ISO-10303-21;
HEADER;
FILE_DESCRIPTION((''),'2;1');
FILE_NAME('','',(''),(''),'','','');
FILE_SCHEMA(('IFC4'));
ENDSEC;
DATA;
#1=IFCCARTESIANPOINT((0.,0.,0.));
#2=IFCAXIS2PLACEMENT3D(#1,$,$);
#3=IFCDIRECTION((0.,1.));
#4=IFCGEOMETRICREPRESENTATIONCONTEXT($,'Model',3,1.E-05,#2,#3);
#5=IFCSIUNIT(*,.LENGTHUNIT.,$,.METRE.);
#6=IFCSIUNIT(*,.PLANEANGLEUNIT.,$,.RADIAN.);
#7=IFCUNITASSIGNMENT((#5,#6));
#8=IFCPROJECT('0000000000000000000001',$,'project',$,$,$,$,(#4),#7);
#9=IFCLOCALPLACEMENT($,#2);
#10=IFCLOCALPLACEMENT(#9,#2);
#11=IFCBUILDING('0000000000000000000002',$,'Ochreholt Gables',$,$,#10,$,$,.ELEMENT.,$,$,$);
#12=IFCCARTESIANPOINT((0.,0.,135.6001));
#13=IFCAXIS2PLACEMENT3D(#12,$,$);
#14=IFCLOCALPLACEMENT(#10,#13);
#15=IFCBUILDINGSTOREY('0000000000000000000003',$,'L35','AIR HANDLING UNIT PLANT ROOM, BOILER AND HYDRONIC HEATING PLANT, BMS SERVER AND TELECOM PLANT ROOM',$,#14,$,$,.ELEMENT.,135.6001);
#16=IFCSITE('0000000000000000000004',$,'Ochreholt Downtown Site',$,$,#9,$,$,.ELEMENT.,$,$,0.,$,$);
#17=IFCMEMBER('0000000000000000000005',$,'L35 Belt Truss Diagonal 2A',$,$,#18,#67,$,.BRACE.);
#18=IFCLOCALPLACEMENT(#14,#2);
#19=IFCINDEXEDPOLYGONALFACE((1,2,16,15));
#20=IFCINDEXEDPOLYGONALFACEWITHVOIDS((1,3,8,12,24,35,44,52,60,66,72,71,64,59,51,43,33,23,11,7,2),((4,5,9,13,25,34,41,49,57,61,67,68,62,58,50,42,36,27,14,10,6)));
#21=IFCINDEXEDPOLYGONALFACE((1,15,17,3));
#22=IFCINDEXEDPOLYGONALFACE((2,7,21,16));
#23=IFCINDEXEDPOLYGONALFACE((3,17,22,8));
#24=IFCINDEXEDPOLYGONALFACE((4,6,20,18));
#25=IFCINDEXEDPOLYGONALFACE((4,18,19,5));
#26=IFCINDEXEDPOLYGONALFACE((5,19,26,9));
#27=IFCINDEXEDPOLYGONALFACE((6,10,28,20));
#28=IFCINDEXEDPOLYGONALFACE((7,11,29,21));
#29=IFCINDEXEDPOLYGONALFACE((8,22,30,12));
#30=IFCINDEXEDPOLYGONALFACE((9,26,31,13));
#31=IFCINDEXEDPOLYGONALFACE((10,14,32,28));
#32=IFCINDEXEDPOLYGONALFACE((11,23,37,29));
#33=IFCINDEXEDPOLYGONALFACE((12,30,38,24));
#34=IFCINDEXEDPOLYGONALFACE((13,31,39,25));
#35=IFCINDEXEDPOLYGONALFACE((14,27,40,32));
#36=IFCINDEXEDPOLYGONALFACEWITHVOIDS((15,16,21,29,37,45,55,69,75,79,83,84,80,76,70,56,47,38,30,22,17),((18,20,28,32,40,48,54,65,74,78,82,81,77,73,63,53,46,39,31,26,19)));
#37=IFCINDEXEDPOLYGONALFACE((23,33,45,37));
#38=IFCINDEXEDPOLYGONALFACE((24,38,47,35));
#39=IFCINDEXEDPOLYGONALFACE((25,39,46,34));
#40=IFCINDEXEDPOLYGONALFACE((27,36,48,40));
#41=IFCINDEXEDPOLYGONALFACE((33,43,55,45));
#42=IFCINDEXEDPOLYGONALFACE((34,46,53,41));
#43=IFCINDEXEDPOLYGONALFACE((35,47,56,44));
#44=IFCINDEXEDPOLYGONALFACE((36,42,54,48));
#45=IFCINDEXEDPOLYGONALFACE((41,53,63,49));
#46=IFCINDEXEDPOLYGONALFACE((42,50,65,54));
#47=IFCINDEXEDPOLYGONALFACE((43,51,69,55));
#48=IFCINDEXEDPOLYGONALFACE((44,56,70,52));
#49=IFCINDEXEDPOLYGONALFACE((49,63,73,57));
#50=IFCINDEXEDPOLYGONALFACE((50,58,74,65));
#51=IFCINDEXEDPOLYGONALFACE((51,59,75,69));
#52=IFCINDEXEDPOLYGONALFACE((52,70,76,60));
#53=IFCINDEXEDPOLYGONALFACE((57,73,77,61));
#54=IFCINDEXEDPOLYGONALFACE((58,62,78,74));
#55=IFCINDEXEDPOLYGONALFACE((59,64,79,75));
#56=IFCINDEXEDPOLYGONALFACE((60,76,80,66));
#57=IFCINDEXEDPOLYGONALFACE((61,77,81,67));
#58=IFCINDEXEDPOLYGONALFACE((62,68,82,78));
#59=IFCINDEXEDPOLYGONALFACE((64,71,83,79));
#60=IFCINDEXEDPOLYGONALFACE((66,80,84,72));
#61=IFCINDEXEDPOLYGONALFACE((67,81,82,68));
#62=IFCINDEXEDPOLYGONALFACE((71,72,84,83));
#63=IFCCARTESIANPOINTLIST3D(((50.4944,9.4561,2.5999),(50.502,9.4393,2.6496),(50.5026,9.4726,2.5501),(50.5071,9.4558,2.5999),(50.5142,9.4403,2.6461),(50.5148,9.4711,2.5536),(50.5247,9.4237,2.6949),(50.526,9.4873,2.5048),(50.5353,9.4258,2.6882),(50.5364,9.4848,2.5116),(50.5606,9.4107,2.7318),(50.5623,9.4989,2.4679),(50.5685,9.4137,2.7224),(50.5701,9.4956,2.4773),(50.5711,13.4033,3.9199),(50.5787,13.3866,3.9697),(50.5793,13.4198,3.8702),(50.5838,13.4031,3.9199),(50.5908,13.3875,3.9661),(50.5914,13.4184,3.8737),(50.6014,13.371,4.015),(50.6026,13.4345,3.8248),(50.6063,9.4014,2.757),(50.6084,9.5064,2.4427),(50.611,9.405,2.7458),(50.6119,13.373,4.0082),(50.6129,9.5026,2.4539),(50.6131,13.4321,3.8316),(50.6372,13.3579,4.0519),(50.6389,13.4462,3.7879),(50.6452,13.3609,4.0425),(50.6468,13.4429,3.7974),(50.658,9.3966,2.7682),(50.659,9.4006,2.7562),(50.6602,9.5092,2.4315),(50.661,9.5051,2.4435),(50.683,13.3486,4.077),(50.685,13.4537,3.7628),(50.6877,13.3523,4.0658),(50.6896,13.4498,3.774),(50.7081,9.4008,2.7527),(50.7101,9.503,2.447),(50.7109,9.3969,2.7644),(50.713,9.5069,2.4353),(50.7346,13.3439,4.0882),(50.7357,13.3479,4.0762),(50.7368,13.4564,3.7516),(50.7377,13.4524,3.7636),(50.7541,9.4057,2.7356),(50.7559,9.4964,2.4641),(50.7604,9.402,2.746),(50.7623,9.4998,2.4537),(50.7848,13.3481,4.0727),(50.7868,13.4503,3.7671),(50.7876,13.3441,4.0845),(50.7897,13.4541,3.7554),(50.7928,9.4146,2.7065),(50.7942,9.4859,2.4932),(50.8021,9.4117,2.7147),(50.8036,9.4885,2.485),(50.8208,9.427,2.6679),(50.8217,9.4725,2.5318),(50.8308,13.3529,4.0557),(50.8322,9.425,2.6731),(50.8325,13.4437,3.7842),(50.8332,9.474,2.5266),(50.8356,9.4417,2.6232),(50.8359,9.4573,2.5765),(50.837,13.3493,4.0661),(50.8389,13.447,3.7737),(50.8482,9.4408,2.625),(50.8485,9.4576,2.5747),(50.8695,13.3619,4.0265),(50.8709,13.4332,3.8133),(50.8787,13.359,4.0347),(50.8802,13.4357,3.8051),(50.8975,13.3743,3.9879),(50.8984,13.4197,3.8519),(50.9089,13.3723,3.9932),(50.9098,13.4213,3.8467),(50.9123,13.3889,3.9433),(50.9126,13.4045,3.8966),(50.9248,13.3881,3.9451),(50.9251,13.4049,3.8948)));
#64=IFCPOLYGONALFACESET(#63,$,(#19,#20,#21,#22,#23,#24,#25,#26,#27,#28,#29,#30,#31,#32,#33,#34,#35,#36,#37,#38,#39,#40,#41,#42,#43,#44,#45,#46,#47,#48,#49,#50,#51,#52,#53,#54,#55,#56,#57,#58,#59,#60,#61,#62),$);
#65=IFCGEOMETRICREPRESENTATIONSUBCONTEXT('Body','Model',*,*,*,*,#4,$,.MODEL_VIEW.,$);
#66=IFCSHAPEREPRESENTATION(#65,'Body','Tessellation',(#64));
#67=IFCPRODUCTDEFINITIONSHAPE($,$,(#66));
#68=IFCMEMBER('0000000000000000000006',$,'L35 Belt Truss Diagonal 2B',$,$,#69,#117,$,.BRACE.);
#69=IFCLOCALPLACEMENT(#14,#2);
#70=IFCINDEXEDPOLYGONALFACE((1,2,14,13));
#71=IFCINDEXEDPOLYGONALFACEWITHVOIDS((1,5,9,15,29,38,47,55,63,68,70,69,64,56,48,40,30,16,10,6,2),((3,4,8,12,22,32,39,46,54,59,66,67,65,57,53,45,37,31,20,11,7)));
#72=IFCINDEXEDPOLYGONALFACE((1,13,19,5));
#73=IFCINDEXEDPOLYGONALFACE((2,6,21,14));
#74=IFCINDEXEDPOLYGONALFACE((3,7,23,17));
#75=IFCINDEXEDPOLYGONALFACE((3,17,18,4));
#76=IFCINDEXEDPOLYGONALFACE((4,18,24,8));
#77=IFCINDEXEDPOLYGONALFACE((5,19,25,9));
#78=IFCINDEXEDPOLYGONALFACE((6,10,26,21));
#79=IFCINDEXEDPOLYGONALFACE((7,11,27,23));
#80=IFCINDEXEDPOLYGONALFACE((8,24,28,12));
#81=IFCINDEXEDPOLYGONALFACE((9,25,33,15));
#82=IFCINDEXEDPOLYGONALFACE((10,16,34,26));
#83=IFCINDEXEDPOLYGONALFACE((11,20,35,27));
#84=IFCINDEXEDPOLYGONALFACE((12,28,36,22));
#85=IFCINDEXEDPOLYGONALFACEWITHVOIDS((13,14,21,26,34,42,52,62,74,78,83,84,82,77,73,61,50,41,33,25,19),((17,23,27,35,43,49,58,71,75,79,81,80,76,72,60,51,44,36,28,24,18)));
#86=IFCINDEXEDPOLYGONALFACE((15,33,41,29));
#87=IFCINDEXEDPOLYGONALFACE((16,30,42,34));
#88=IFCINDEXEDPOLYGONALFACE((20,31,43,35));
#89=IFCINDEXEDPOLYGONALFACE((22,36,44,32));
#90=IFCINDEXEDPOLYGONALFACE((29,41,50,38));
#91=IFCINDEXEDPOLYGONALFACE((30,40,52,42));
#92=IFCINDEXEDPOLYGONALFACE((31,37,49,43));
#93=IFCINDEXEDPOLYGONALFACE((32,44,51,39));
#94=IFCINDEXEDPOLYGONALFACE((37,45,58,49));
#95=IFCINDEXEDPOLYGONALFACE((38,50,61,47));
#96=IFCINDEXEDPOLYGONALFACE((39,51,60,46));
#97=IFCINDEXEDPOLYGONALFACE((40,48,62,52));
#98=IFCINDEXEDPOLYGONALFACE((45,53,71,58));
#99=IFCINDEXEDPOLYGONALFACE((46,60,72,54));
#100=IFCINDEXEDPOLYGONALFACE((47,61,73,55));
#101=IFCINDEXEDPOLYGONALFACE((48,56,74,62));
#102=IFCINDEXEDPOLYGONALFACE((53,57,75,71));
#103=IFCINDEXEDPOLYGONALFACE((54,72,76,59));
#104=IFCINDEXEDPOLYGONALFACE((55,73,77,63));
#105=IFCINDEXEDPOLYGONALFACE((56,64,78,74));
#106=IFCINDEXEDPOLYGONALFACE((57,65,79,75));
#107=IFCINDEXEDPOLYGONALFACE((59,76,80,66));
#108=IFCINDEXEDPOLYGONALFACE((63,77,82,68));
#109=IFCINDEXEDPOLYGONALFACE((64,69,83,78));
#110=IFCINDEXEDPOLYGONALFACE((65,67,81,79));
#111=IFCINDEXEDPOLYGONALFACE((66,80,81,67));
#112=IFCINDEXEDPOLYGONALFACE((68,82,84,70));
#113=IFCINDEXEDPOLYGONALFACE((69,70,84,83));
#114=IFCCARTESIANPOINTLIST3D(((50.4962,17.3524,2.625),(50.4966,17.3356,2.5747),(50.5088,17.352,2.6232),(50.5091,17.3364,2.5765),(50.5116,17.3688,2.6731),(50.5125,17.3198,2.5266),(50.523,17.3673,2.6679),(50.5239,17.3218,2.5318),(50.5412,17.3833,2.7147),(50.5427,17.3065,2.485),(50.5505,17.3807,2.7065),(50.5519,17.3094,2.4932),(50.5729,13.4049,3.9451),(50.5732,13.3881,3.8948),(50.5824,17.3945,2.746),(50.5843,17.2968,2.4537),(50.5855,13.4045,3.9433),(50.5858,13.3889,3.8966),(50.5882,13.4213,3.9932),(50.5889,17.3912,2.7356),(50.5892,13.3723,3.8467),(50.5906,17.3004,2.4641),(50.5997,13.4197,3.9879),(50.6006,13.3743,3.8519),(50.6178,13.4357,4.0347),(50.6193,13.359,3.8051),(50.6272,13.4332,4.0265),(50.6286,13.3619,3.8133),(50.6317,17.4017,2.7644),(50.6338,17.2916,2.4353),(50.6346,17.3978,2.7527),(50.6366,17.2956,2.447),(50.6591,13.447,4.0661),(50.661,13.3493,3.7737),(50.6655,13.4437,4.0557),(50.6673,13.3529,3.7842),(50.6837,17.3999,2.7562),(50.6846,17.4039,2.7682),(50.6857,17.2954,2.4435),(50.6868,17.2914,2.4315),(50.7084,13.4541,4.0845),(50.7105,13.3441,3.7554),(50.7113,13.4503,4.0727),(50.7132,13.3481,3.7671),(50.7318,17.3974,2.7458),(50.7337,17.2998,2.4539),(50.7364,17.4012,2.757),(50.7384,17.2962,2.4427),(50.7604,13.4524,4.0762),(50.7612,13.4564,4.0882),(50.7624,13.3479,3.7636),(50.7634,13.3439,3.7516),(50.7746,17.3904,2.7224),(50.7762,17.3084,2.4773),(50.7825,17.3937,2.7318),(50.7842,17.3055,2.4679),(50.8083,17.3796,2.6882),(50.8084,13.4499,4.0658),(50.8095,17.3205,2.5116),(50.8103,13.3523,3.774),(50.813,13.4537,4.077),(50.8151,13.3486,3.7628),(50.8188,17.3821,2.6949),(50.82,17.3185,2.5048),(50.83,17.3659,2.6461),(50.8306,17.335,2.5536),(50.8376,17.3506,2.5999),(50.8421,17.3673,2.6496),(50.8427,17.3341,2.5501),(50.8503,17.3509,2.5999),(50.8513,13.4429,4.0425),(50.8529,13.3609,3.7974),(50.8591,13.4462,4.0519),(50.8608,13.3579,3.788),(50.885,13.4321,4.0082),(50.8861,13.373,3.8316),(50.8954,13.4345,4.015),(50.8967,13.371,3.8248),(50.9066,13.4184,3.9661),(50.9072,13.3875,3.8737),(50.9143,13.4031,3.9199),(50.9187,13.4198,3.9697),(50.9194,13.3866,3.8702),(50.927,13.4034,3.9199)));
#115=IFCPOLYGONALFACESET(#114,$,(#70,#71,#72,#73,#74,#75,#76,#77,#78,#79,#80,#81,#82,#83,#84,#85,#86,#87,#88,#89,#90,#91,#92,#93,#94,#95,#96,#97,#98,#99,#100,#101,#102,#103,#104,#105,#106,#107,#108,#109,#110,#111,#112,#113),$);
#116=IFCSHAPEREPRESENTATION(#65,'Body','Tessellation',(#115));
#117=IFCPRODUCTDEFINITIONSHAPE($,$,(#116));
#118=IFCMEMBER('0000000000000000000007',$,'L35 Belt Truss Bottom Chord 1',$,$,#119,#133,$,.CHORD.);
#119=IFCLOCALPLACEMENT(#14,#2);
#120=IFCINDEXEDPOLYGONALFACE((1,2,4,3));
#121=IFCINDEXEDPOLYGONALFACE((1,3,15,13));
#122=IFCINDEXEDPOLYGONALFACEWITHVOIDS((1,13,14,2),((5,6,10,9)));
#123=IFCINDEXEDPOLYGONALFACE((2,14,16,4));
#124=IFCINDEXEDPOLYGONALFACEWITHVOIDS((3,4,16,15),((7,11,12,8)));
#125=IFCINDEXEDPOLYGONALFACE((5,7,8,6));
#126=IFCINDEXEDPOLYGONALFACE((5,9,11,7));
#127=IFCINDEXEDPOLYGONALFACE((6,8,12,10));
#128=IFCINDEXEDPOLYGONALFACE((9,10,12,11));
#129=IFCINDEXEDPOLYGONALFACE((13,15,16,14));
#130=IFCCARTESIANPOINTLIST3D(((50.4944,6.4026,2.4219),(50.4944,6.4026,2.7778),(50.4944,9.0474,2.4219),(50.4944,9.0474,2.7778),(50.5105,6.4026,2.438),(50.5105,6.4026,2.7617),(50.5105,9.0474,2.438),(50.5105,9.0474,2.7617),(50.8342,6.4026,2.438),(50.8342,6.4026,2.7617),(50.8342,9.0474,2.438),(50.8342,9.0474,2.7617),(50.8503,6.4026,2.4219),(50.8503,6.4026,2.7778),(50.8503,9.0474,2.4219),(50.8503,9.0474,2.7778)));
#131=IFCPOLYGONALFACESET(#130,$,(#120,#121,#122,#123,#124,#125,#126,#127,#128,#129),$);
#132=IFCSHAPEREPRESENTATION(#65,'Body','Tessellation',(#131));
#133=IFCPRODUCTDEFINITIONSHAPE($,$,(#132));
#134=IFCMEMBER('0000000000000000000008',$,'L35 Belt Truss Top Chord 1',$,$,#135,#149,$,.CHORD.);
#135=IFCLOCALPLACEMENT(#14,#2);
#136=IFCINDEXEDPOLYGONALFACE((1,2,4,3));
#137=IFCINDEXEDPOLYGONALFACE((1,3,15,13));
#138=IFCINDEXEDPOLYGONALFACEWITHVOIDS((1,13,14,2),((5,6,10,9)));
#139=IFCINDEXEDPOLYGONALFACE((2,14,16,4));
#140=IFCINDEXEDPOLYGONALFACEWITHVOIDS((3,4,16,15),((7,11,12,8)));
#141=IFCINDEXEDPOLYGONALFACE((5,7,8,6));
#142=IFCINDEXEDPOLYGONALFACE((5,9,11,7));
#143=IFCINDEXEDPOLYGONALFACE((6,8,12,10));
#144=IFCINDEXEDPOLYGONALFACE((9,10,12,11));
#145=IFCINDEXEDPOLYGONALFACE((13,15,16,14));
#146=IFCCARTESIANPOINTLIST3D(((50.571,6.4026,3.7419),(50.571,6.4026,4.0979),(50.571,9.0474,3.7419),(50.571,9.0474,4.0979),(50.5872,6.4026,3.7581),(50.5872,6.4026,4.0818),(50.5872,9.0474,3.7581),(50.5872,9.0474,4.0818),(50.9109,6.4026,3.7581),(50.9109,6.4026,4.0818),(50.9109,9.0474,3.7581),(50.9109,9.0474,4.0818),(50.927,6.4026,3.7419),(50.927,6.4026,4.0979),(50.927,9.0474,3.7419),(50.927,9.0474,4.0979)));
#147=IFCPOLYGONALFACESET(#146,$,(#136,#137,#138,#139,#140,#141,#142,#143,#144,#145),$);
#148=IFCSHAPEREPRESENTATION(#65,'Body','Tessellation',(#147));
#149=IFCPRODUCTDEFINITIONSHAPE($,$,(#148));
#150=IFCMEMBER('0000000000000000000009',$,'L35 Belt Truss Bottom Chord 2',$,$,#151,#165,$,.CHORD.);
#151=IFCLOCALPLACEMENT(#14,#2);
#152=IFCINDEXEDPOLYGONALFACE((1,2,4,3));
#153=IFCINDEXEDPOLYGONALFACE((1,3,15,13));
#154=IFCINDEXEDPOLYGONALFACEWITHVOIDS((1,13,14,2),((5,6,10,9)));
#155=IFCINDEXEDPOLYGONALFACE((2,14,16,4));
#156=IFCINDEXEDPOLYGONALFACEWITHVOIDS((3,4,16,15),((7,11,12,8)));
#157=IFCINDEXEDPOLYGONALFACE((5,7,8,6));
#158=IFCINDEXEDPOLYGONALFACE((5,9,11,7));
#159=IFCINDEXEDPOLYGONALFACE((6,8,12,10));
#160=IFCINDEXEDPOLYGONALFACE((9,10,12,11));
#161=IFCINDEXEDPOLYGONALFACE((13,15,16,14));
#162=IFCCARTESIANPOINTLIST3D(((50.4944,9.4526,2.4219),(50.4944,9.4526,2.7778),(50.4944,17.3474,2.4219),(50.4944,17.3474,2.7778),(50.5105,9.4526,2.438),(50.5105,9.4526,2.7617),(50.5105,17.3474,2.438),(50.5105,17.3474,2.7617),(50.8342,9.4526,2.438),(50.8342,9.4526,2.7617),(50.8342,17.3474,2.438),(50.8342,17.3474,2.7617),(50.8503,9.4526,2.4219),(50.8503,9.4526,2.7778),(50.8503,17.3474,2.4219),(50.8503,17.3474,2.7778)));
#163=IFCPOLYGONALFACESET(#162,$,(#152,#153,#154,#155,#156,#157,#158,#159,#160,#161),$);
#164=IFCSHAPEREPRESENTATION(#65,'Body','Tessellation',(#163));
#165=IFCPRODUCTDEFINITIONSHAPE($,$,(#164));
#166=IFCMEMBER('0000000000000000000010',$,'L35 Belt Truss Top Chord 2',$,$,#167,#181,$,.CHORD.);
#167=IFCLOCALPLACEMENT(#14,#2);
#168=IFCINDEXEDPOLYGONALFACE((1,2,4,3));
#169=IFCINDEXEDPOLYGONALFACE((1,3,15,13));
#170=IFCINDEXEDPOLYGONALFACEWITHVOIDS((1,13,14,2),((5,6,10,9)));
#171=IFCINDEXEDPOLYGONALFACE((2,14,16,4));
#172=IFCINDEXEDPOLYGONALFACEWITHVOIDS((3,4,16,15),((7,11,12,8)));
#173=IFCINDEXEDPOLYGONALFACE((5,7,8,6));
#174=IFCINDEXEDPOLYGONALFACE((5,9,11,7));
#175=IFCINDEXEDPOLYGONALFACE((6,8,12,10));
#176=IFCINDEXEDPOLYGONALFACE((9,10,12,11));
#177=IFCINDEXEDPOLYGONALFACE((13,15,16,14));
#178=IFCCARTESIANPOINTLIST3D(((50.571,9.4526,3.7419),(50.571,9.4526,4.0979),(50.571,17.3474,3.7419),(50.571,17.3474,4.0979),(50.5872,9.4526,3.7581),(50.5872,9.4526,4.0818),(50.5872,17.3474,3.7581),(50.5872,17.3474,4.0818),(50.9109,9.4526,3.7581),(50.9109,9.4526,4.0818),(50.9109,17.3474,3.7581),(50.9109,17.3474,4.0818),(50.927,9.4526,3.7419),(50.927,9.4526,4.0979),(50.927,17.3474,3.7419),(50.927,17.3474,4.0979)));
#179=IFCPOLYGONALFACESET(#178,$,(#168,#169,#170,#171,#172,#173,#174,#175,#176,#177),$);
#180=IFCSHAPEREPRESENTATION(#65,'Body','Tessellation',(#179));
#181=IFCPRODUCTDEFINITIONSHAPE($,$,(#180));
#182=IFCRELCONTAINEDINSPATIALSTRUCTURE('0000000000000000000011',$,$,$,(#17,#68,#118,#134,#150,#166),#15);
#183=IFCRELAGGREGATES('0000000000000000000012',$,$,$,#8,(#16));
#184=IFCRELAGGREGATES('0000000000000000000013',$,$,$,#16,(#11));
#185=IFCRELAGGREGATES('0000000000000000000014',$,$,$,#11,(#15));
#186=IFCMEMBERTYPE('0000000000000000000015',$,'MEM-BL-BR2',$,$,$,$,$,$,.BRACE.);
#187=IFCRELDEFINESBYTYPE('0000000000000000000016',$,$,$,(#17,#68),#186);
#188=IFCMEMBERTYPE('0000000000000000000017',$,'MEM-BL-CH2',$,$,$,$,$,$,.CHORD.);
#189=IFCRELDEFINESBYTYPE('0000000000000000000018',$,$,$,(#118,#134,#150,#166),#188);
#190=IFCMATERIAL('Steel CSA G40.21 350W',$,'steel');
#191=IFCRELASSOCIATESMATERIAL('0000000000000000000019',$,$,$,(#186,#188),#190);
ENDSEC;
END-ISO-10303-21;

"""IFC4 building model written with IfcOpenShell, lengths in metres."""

from ifc_helpers import new_model, si_unit, direction, frame, origin, origin_2d, place, context, subcontext, project, spatial, hollow_rectangle, hollow_circle, extrude, material, material_profile, profile_set, type_object, element, save


model = new_model("IFC4")

# Units and contexts
model_context = context("Model", 3, precision=1e-05, world=origin(), true_north=direction((0.0, 1.0)))
body_context = subcontext(model_context, "Body", "Model", "MODEL_VIEW")
ifc_project = project(units=[si_unit("LENGTHUNIT", "METRE"), si_unit("PLANEANGLEUNIT", "RADIAN")], contexts=[model_context])

# Site, building, storey
site_placement = place(None, origin())
site = spatial("IfcSite", under=ifc_project, at=site_placement, Name="Ochreholt Downtown Site", CompositionType="ELEMENT", RefElevation=0.0)
building_placement = place(site_placement, origin())
building = spatial("IfcBuilding", under=site, at=building_placement, Name="Ochreholt Gables", CompositionType="ELEMENT")
storey_placement = place(building_placement, frame((0.0, 0.0, 135.6001)))
storey = spatial("IfcBuildingStorey", under=building, at=storey_placement, Name="L35", Description="AIR HANDLING UNIT PLANT ROOM, BOILER AND HYDRONIC HEATING PLANT, BMS SERVER AND TELECOM PLANT ROOM", CompositionType="ELEMENT", Elevation=135.6001)

# Shared definitions
ifc_material_1 = material(Name="Steel CSA G40.21 350W", Category="steel")

# Members
ifc_material_profile_1 = material_profile(ifc_material_1, hollow_circle(Radius=0.178, WallThickness=0.0127, at=origin_2d()), Name="CHS356X13")
ifc_profile_set_1 = profile_set([ifc_material_profile_1], Name="Steel CSA G40.21 350W")
member_type_1 = type_object("IfcMemberType", Name="MEM-BL-BR2", PredefinedType="BRACE", material=ifc_profile_set_1)
member_1_placement = place(storey_placement, frame((50.6724, 9.4526, 2.5999), z_axis=(0.018415, 0.948211, 0.317106), x_axis=(-0.999811, 0.019417, 0.0)))
element("IfcMember", 1, at=member_1_placement, inside=storey, type_object=member_type_1, Name="L35 Belt Truss Diagonal 2A", PredefinedType="BRACE", context=body_context, shape_type="SweptSolid", body=[
    extrude(hollow_circle(Radius=0.178, WallThickness=0.0127, at=origin_2d()), origin(), (0.0, 0.0, 1.0), 4.1628),
])
member_2_placement = place(storey_placement, frame((50.6724, 17.3474, 2.5999), z_axis=(0.018414, -0.948217, 0.317089), x_axis=(0.999811, 0.019416, 0.0)))
element("IfcMember", 2, at=member_2_placement, inside=storey, type_object=member_type_1, Name="L35 Belt Truss Diagonal 2B", PredefinedType="BRACE", context=body_context, shape_type="SweptSolid", body=[
    extrude(hollow_circle(Radius=0.178, WallThickness=0.0127, at=origin_2d()), origin(), (0.0, 0.0, 1.0), 4.1631),
])
ifc_material_profile_2 = material_profile(ifc_material_1, hollow_rectangle(XDim=0.356, YDim=0.356, WallThickness=0.0161, at=origin_2d()), Name="HSS356X356X16")
ifc_profile_set_2 = profile_set([ifc_material_profile_2], Name="Steel CSA G40.21 350W")
member_type_2 = type_object("IfcMemberType", Name="MEM-BL-CH2", PredefinedType="CHORD", material=ifc_profile_set_2)
for number, where, z_axis, x_axis, name in (
    (3, (50.6724, 6.4026, 2.5999), (0.0, 1.0, 0.0), (-1.0, 0.0, 0.0), "L35 Belt Truss Bottom Chord 1"),
    (4, (50.749, 6.4026, 3.9199), (0.0, 1.0, 0.0), (-1.0, 0.0, 0.0), "L35 Belt Truss Top Chord 1"),
):
    element("IfcMember", number, at=place(storey_placement, frame(where, z_axis=z_axis, x_axis=x_axis)), inside=storey, type_object=member_type_2, Name=name, PredefinedType="CHORD", context=body_context, shape_type="SweptSolid", body=[
        extrude(hollow_rectangle(XDim=0.356, YDim=0.356, WallThickness=0.0161, at=origin_2d()), origin(), (0.0, 0.0, 1.0), 2.6448),
    ])
for number, where, z_axis, x_axis, name in (
    (5, (50.6724, 9.4526, 2.5999), (0.0, 1.0, 0.0), (-1.0, 0.0, 0.0), "L35 Belt Truss Bottom Chord 2"),
    (6, (50.749, 9.4526, 3.9199), (0.0, 1.0, 0.0), (-1.0, 0.0, 0.0), "L35 Belt Truss Top Chord 2"),
):
    element("IfcMember", number, at=place(storey_placement, frame(where, z_axis=z_axis, x_axis=x_axis)), inside=storey, type_object=member_type_2, Name=name, PredefinedType="CHORD", context=body_context, shape_type="SweptSolid", body=[
        extrude(hollow_rectangle(XDim=0.356, YDim=0.356, WallThickness=0.0161, at=origin_2d()), origin(), (0.0, 0.0, 1.0), 7.8948),
    ])

save(model, "model.ifc")
